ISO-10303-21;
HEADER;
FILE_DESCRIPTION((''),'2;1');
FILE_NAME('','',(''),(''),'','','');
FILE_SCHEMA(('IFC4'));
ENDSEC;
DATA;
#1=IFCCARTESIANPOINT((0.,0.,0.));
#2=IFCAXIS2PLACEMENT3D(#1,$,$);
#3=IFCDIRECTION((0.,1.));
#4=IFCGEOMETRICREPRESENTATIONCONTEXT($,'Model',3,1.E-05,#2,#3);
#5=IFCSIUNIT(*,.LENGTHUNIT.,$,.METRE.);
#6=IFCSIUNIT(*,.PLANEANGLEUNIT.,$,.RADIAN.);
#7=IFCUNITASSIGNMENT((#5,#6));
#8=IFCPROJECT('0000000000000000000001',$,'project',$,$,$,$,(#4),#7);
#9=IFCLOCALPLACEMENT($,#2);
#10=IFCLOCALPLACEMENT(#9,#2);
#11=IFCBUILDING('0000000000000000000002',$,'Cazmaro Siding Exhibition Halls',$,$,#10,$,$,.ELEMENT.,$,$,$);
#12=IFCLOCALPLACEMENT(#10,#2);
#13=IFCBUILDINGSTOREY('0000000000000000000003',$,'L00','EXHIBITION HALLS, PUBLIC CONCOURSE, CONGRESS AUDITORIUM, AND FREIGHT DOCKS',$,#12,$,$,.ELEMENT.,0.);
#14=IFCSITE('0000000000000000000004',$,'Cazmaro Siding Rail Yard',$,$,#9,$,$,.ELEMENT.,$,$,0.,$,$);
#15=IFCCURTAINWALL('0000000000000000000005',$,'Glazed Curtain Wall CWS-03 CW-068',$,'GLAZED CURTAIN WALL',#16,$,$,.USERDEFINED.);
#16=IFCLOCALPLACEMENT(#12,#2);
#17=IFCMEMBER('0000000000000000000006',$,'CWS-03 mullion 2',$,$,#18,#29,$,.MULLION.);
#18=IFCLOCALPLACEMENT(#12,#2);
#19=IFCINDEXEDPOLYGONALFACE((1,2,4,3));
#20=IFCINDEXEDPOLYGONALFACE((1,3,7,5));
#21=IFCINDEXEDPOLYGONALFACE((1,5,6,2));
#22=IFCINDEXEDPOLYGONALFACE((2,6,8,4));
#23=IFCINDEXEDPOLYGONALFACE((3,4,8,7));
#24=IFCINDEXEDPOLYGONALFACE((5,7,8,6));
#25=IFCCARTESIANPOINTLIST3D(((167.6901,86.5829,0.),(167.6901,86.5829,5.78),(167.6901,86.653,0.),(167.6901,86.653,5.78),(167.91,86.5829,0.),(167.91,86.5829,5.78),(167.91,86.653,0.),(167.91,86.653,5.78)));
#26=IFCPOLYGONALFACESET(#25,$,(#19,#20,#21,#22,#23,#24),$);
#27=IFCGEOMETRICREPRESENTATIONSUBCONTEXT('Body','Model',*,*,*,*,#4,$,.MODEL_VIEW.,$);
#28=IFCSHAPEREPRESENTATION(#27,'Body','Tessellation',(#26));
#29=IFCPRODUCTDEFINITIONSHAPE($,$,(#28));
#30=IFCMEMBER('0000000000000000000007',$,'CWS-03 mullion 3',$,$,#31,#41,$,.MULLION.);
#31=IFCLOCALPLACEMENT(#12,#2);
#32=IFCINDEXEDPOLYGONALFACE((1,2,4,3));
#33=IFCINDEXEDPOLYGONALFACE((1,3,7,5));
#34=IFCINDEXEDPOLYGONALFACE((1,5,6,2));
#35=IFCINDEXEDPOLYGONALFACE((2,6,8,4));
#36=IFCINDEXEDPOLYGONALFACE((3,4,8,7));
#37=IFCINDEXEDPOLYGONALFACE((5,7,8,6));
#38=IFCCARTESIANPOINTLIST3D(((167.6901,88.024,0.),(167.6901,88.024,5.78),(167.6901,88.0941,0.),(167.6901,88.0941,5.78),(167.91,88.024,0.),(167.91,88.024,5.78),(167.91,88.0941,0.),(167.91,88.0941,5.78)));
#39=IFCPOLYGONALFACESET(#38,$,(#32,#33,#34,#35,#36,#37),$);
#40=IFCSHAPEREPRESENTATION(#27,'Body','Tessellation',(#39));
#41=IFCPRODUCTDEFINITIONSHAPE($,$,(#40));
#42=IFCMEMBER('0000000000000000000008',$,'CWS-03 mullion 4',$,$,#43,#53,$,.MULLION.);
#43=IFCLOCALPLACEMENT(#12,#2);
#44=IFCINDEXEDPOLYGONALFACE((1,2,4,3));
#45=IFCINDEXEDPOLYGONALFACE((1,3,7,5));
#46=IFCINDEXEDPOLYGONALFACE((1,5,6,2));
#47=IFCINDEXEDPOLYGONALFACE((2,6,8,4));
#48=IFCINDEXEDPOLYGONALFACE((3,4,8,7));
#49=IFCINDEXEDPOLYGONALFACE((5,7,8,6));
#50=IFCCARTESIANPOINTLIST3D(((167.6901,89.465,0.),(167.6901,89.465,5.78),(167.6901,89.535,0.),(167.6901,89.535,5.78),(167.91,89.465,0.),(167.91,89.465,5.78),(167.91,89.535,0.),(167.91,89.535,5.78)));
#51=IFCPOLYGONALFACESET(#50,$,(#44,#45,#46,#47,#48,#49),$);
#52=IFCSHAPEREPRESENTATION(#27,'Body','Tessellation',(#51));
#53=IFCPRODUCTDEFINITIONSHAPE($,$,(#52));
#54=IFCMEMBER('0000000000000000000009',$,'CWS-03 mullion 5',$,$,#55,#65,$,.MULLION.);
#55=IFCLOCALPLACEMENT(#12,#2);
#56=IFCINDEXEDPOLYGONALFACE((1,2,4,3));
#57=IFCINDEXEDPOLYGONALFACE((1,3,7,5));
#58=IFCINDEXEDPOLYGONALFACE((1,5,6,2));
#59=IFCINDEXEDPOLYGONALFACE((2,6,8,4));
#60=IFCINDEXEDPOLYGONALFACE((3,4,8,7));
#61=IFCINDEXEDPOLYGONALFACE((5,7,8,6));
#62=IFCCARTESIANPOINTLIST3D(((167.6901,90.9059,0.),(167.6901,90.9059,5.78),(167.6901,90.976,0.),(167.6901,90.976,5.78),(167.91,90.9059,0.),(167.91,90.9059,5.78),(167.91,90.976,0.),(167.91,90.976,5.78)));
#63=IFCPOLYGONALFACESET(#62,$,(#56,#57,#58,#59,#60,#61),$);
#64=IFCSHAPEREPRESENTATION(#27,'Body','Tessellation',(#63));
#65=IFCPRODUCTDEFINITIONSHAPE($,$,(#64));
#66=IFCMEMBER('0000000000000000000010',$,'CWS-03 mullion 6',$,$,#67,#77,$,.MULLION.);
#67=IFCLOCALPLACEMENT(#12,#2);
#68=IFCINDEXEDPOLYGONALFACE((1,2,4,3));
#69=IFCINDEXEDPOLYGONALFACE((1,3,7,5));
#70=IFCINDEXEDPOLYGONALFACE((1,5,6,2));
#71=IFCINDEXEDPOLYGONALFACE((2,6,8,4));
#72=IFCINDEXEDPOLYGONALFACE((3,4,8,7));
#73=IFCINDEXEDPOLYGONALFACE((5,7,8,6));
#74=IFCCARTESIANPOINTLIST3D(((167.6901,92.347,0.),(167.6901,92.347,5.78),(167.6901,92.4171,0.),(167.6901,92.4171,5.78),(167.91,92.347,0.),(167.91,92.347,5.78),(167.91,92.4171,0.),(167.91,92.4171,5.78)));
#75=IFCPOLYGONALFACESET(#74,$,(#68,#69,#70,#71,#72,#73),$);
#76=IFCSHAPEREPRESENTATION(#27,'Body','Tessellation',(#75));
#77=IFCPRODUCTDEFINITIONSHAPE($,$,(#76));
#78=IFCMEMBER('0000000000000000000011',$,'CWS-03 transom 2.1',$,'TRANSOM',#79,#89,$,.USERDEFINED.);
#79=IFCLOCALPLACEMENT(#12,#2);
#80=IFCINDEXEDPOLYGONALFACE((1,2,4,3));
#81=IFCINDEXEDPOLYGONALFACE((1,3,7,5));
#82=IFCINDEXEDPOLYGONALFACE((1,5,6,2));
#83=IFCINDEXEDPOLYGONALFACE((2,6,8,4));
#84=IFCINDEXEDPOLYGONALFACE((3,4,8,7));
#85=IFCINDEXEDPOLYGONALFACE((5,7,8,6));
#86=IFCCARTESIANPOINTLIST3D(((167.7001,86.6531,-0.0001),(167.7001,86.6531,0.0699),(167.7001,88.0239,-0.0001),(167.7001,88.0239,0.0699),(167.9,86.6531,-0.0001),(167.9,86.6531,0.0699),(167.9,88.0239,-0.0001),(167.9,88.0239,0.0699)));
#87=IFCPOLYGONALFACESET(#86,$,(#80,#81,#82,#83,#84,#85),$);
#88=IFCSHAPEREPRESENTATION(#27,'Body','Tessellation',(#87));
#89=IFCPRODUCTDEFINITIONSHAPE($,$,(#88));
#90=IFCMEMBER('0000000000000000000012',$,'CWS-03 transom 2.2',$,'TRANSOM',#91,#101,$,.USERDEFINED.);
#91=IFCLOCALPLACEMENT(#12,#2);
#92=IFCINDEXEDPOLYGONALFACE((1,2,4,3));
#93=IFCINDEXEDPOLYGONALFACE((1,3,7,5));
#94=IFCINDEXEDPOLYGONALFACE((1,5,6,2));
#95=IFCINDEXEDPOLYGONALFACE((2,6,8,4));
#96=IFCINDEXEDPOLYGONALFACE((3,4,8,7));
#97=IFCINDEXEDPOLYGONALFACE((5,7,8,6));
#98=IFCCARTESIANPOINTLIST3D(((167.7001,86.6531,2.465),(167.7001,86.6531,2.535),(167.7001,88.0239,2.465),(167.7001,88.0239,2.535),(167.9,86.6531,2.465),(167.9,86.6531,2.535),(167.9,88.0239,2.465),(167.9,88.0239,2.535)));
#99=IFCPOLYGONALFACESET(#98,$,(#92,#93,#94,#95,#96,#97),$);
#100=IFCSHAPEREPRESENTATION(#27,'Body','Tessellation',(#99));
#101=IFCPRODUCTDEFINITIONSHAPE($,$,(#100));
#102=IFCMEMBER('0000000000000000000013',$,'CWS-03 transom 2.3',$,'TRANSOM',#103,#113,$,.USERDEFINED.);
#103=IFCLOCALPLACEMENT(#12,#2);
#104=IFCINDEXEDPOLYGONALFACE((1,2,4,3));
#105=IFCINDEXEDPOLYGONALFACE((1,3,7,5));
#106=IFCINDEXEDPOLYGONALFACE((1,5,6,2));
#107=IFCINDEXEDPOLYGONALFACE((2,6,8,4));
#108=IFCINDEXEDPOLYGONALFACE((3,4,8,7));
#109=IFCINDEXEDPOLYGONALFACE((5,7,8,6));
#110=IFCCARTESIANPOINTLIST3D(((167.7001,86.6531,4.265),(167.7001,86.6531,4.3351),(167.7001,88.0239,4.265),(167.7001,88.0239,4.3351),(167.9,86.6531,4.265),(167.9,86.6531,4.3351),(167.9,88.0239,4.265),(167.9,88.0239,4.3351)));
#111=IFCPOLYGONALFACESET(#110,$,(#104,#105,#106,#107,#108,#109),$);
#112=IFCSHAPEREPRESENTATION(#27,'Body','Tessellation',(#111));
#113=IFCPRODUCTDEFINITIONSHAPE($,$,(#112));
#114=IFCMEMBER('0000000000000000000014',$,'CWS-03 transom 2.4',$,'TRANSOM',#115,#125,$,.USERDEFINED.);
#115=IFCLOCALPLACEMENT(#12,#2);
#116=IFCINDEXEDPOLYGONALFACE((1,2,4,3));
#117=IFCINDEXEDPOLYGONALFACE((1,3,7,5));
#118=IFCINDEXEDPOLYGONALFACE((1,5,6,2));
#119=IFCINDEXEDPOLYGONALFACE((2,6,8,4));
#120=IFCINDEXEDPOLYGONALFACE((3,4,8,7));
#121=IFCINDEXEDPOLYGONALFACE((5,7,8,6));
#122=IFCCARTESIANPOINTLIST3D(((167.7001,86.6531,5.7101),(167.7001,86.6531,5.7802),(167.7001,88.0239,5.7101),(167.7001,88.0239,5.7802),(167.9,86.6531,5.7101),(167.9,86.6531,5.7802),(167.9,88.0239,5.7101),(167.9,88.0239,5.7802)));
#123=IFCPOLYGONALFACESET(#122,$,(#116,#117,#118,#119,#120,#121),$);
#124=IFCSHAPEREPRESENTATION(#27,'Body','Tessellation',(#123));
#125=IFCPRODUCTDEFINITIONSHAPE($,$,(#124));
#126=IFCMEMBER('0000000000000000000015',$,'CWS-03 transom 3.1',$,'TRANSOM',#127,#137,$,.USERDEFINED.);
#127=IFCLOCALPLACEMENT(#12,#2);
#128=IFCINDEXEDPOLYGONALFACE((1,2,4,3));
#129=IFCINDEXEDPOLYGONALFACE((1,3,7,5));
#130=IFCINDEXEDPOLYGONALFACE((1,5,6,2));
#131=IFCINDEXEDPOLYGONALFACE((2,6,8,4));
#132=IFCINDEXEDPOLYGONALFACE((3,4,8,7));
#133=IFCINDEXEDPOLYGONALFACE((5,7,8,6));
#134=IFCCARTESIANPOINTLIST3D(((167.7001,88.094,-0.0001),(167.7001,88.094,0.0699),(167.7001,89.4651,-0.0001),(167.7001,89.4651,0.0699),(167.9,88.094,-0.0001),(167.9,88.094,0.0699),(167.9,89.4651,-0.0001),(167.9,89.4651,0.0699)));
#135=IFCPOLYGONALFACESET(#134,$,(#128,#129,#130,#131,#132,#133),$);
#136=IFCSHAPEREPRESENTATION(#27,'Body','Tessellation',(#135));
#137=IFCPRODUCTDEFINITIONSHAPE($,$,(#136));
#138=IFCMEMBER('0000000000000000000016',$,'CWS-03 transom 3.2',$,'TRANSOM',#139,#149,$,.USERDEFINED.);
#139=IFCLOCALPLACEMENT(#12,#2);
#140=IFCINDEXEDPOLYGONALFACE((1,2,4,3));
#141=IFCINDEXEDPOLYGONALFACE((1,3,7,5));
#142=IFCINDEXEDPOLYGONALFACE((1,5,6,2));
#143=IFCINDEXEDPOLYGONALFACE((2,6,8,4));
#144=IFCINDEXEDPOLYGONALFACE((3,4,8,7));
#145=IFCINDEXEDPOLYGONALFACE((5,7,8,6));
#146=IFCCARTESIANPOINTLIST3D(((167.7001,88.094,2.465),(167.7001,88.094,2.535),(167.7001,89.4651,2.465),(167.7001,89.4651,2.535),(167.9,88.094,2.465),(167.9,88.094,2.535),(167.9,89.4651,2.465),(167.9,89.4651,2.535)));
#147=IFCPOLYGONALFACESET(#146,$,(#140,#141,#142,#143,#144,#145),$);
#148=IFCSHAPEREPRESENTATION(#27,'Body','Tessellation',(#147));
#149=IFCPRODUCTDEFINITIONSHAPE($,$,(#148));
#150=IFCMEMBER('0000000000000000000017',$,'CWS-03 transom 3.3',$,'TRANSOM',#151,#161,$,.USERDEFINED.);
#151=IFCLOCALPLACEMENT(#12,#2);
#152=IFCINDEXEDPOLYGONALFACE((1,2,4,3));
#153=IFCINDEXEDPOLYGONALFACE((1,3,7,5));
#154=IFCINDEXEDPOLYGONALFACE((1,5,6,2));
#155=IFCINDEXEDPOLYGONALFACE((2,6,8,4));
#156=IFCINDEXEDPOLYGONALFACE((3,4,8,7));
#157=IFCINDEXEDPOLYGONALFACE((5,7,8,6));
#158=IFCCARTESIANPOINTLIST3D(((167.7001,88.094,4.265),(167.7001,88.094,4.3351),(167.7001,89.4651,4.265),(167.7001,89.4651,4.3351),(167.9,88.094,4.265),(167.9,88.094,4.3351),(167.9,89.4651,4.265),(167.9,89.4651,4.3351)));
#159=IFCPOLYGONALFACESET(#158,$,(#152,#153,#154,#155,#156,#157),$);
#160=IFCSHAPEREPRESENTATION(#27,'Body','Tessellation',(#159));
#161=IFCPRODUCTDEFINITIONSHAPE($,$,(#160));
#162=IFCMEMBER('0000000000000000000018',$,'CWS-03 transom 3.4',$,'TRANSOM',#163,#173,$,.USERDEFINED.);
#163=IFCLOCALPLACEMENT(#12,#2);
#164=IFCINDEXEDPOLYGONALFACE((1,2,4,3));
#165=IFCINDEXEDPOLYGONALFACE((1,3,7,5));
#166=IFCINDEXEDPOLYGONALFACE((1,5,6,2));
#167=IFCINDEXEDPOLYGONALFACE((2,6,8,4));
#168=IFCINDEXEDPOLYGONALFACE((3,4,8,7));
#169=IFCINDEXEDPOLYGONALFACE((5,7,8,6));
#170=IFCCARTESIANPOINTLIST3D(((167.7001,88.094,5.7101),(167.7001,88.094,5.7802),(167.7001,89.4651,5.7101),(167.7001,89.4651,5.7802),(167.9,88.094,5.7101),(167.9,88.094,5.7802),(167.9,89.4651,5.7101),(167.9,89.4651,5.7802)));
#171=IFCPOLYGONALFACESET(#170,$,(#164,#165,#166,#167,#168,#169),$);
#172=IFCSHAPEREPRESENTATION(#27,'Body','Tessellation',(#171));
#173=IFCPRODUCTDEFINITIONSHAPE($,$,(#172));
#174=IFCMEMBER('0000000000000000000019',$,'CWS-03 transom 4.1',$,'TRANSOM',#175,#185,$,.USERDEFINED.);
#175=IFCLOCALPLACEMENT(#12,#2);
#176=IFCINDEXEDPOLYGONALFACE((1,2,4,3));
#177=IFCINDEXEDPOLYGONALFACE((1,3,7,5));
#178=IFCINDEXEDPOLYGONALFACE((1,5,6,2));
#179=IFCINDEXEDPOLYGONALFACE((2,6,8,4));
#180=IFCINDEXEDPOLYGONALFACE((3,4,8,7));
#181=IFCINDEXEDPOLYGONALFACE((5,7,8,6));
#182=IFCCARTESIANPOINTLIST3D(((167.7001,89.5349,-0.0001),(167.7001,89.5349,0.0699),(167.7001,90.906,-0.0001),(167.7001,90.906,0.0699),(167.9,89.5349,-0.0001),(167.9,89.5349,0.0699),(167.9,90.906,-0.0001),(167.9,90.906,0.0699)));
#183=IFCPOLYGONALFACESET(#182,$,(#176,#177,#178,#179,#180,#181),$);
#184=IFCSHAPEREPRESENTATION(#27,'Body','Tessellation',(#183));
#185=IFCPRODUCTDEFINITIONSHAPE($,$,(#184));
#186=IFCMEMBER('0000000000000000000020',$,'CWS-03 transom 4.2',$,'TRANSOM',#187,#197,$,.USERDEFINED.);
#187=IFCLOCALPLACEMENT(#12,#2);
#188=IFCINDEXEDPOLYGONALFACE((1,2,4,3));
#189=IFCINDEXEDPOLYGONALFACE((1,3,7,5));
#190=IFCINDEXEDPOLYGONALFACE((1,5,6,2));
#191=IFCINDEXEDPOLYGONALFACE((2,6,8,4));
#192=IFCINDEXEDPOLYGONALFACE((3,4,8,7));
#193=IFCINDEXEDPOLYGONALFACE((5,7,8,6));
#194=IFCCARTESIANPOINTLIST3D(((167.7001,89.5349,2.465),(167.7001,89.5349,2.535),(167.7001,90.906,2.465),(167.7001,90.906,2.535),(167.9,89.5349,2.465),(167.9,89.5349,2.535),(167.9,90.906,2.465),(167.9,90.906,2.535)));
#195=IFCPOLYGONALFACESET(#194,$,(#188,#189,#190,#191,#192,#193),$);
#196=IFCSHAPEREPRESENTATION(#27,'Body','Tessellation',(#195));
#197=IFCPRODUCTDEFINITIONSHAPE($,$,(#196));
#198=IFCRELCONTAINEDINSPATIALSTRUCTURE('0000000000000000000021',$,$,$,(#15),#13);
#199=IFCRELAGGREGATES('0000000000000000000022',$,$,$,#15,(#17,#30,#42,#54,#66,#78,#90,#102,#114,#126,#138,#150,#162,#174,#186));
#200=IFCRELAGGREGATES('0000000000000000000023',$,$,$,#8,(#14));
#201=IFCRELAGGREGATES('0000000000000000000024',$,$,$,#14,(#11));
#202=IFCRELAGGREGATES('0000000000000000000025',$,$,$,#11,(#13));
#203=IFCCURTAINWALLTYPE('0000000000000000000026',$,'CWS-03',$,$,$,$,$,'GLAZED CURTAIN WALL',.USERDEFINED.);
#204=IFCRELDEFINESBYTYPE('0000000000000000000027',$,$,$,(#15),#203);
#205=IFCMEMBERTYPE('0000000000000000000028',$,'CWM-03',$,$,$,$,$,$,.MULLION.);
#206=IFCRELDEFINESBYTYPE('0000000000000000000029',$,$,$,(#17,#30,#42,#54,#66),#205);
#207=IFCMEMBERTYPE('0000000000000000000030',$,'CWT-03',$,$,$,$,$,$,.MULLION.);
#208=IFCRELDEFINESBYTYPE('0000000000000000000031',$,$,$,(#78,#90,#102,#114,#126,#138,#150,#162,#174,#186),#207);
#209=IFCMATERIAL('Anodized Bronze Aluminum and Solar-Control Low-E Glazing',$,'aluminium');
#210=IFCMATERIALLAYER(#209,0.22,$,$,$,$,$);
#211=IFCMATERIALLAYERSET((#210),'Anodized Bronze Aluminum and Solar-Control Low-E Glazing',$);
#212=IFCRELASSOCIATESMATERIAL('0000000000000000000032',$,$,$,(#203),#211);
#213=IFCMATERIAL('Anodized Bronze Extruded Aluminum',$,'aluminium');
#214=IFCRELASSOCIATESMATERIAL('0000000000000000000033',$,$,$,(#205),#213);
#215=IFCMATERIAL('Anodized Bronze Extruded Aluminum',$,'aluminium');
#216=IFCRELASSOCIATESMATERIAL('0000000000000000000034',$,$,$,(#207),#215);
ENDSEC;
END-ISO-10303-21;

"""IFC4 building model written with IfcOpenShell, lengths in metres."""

from ifc_helpers import new_model, si_unit, direction, frame, origin, origin_2d, place, context, subcontext, project, spatial, rectangle, extrude, material, layer, layer_set, material_profile, profile_set, type_object, element, aggregate, save


model = new_model("IFC4")

# Units and contexts
model_context = context("Model", 3, precision=1e-05, world=origin(), true_north=direction((0.0, 1.0)))
body_context = subcontext(model_context, "Body", "Model", "MODEL_VIEW")
ifc_project = project(units=[si_unit("LENGTHUNIT", "METRE"), si_unit("PLANEANGLEUNIT", "RADIAN")], contexts=[model_context])

# Site, building, storey
site_placement = place(None, origin())
site = spatial("IfcSite", under=ifc_project, at=site_placement, Name="Cazmaro Siding Rail Yard", CompositionType="ELEMENT", RefElevation=0.0)
building_placement = place(site_placement, origin())
building = spatial("IfcBuilding", under=site, at=building_placement, Name="Cazmaro Siding Exhibition Halls", CompositionType="ELEMENT")
storey_placement = place(building_placement, origin())
storey = spatial("IfcBuildingStorey", under=building, at=storey_placement, Name="L00", Description="EXHIBITION HALLS, PUBLIC CONCOURSE, CONGRESS AUDITORIUM, AND FREIGHT DOCKS", CompositionType="ELEMENT", Elevation=0.0)

# Curtain wall, members
ifc_material_1 = material(Name="Anodized Bronze Aluminum and Solar-Control Low-E Glazing", Category="aluminium")
ifc_layer_1 = layer(ifc_material_1, 0.22)
ifc_layer_set_1 = layer_set([ifc_layer_1], Name="Anodized Bronze Aluminum and Solar-Control Low-E Glazing")
curtain_wall_type = type_object("IfcCurtainWallType", Name="CWS-03", ElementType="GLAZED CURTAIN WALL", PredefinedType="USERDEFINED", material=ifc_layer_set_1)
curtain_wall_placement = place(storey_placement, origin())
curtain_wall = element("IfcCurtainWall", 1, at=curtain_wall_placement, inside=storey, type_object=curtain_wall_type, Name="Glazed Curtain Wall CWS-03 CW-068", ObjectType="GLAZED CURTAIN WALL", PredefinedType="USERDEFINED")
ifc_material_2 = material(Name="Anodized Bronze Extruded Aluminum", Category="aluminium")
ifc_material_profile_1 = material_profile(ifc_material_2, rectangle(XDim=0.22, YDim=0.0701, at=origin_2d()), Name="CWM-03")
ifc_profile_set_1 = profile_set([ifc_material_profile_1], Name="Anodized Bronze Extruded Aluminum")
member_type_1 = type_object("IfcMemberType", Name="CWM-03", PredefinedType="MULLION", material=ifc_profile_set_1)
member_1_placement = place(storey_placement, frame((167.8, 86.6179, 0.0), z_axis=(0.0, 0.0, 1.0), x_axis=(-1.0, 0.0, 0.0)))
member_1 = element("IfcMember", 2, at=member_1_placement, type_object=member_type_1, Name="CWS-03 mullion 2", PredefinedType="MULLION", context=body_context, shape_type="SweptSolid", body=[
    extrude(rectangle(XDim=0.22, YDim=0.0701, at=origin_2d()), origin(), (0.0, 0.0, 1.0), 5.78),
])
member_2_placement = place(storey_placement, frame((167.8, 88.0591, 0.0), z_axis=(0.0, 0.0, 1.0), x_axis=(-1.0, 0.0, 0.0)))
member_2 = element("IfcMember", 3, at=member_2_placement, type_object=member_type_1, Name="CWS-03 mullion 3", PredefinedType="MULLION", context=body_context, shape_type="SweptSolid", body=[
    extrude(rectangle(XDim=0.22, YDim=0.0701, at=origin_2d()), origin(), (0.0, 0.0, 1.0), 5.78),
])
member_3_placement = place(storey_placement, frame((167.8, 89.5, 0.0), z_axis=(0.0, 0.0, 1.0), x_axis=(-1.0, 0.0, 0.0)))
member_3 = element("IfcMember", 4, at=member_3_placement, type_object=member_type_1, Name="CWS-03 mullion 4", PredefinedType="MULLION", context=body_context, shape_type="SweptSolid", body=[
    extrude(rectangle(XDim=0.22, YDim=0.0701, at=origin_2d()), origin(), (0.0, 0.0, 1.0), 5.78),
])
member_4_placement = place(storey_placement, frame((167.8, 90.9409, 0.0), z_axis=(0.0, 0.0, 1.0), x_axis=(-1.0, 0.0, 0.0)))
member_4 = element("IfcMember", 5, at=member_4_placement, type_object=member_type_1, Name="CWS-03 mullion 5", PredefinedType="MULLION", context=body_context, shape_type="SweptSolid", body=[
    extrude(rectangle(XDim=0.22, YDim=0.0701, at=origin_2d()), origin(), (0.0, 0.0, 1.0), 5.78),
])
member_5_placement = place(storey_placement, frame((167.8, 92.3821, 0.0), z_axis=(0.0, 0.0, 1.0), x_axis=(-1.0, 0.0, 0.0)))
member_5 = element("IfcMember", 6, at=member_5_placement, type_object=member_type_1, Name="CWS-03 mullion 6", PredefinedType="MULLION", context=body_context, shape_type="SweptSolid", body=[
    extrude(rectangle(XDim=0.22, YDim=0.0701, at=origin_2d()), origin(), (0.0, 0.0, 1.0), 5.78),
])
ifc_material_3 = material(Name="Anodized Bronze Extruded Aluminum", Category="aluminium")
ifc_material_profile_2 = material_profile(ifc_material_3, rectangle(XDim=0.2, YDim=0.0701, at=origin_2d()), Name="CWT-03")
ifc_profile_set_2 = profile_set([ifc_material_profile_2], Name="Anodized Bronze Extruded Aluminum")
member_type_2 = type_object("IfcMemberType", Name="CWT-03", PredefinedType="MULLION", material=ifc_profile_set_2)
member_6_placement = place(storey_placement, frame((167.8, 86.6531, 0.0349), z_axis=(0.0, 1.0, 0.0), x_axis=(-1.0, 0.0, 0.0)))
member_6 = element("IfcMember", 7, at=member_6_placement, type_object=member_type_2, Name="CWS-03 transom 2.1", ObjectType="TRANSOM", PredefinedType="USERDEFINED", context=body_context, shape_type="SweptSolid", body=[
    extrude(rectangle(XDim=0.2, YDim=0.0701, at=origin_2d()), origin(), (0.0, 0.0, 1.0), 1.3708),
])
member_7_placement = place(storey_placement, frame((167.8, 86.6531, 2.5), z_axis=(0.0, 1.0, 0.0), x_axis=(-1.0, 0.0, 0.0)))
member_7 = element("IfcMember", 8, at=member_7_placement, type_object=member_type_2, Name="CWS-03 transom 2.2", ObjectType="TRANSOM", PredefinedType="USERDEFINED", context=body_context, shape_type="SweptSolid", body=[
    extrude(rectangle(XDim=0.2, YDim=0.0701, at=origin_2d()), origin(), (0.0, 0.0, 1.0), 1.3708),
])
member_8_placement = place(storey_placement, frame((167.8, 86.6531, 4.3), z_axis=(0.0, 1.0, 0.0), x_axis=(-1.0, 0.0, 0.0)))
member_8 = element("IfcMember", 9, at=member_8_placement, type_object=member_type_2, Name="CWS-03 transom 2.3", ObjectType="TRANSOM", PredefinedType="USERDEFINED", context=body_context, shape_type="SweptSolid", body=[
    extrude(rectangle(XDim=0.2, YDim=0.0701, at=origin_2d()), origin(), (0.0, 0.0, 1.0), 1.3708),
])
member_9_placement = place(storey_placement, frame((167.8, 86.6531, 5.7451), z_axis=(0.0, 1.0, 0.0), x_axis=(-1.0, 0.0, 0.0)))
member_9 = element("IfcMember", 10, at=member_9_placement, type_object=member_type_2, Name="CWS-03 transom 2.4", ObjectType="TRANSOM", PredefinedType="USERDEFINED", context=body_context, shape_type="SweptSolid", body=[
    extrude(rectangle(XDim=0.2, YDim=0.0701, at=origin_2d()), origin(), (0.0, 0.0, 1.0), 1.3708),
])
member_10_placement = place(storey_placement, frame((167.8, 88.094, 0.0349), z_axis=(0.0, 1.0, 0.0), x_axis=(-1.0, 0.0, 0.0)))
member_10 = element("IfcMember", 11, at=member_10_placement, type_object=member_type_2, Name="CWS-03 transom 3.1", ObjectType="TRANSOM", PredefinedType="USERDEFINED", context=body_context, shape_type="SweptSolid", body=[
    extrude(rectangle(XDim=0.2, YDim=0.0701, at=origin_2d()), origin(), (0.0, 0.0, 1.0), 1.3711),
])
member_11_placement = place(storey_placement, frame((167.8, 88.094, 2.5), z_axis=(0.0, 1.0, 0.0), x_axis=(-1.0, 0.0, 0.0)))
member_11 = element("IfcMember", 12, at=member_11_placement, type_object=member_type_2, Name="CWS-03 transom 3.2", ObjectType="TRANSOM", PredefinedType="USERDEFINED", context=body_context, shape_type="SweptSolid", body=[
    extrude(rectangle(XDim=0.2, YDim=0.0701, at=origin_2d()), origin(), (0.0, 0.0, 1.0), 1.3711),
])
member_12_placement = place(storey_placement, frame((167.8, 88.094, 4.3), z_axis=(0.0, 1.0, 0.0), x_axis=(-1.0, 0.0, 0.0)))
member_12 = element("IfcMember", 13, at=member_12_placement, type_object=member_type_2, Name="CWS-03 transom 3.3", ObjectType="TRANSOM", PredefinedType="USERDEFINED", context=body_context, shape_type="SweptSolid", body=[
    extrude(rectangle(XDim=0.2, YDim=0.0701, at=origin_2d()), origin(), (0.0, 0.0, 1.0), 1.3711),
])
member_13_placement = place(storey_placement, frame((167.8, 88.094, 5.7451), z_axis=(0.0, 1.0, 0.0), x_axis=(-1.0, 0.0, 0.0)))
member_13 = element("IfcMember", 14, at=member_13_placement, type_object=member_type_2, Name="CWS-03 transom 3.4", ObjectType="TRANSOM", PredefinedType="USERDEFINED", context=body_context, shape_type="SweptSolid", body=[
    extrude(rectangle(XDim=0.2, YDim=0.0701, at=origin_2d()), origin(), (0.0, 0.0, 1.0), 1.3711),
])
member_14_placement = place(storey_placement, frame((167.8, 89.5349, 0.0349), z_axis=(0.0, 1.0, 0.0), x_axis=(-1.0, 0.0, 0.0)))
member_14 = element("IfcMember", 15, at=member_14_placement, type_object=member_type_2, Name="CWS-03 transom 4.1", ObjectType="TRANSOM", PredefinedType="USERDEFINED", context=body_context, shape_type="SweptSolid", body=[
    extrude(rectangle(XDim=0.2, YDim=0.0701, at=origin_2d()), origin(), (0.0, 0.0, 1.0), 1.3711),
])
member_15_placement = place(storey_placement, frame((167.8, 89.5349, 2.5), z_axis=(0.0, 1.0, 0.0), x_axis=(-1.0, 0.0, 0.0)))
member_15 = element("IfcMember", 16, at=member_15_placement, type_object=member_type_2, Name="CWS-03 transom 4.2", ObjectType="TRANSOM", PredefinedType="USERDEFINED", context=body_context, shape_type="SweptSolid", body=[
    extrude(rectangle(XDim=0.2, YDim=0.0701, at=origin_2d()), origin(), (0.0, 0.0, 1.0), 1.3711),
])
aggregate(curtain_wall, [member_1, member_2, member_3, member_4, member_5, member_6, member_7, member_8, member_9, member_10, member_11, member_12, member_13, member_14, member_15])

save(model, "model.ifc")
